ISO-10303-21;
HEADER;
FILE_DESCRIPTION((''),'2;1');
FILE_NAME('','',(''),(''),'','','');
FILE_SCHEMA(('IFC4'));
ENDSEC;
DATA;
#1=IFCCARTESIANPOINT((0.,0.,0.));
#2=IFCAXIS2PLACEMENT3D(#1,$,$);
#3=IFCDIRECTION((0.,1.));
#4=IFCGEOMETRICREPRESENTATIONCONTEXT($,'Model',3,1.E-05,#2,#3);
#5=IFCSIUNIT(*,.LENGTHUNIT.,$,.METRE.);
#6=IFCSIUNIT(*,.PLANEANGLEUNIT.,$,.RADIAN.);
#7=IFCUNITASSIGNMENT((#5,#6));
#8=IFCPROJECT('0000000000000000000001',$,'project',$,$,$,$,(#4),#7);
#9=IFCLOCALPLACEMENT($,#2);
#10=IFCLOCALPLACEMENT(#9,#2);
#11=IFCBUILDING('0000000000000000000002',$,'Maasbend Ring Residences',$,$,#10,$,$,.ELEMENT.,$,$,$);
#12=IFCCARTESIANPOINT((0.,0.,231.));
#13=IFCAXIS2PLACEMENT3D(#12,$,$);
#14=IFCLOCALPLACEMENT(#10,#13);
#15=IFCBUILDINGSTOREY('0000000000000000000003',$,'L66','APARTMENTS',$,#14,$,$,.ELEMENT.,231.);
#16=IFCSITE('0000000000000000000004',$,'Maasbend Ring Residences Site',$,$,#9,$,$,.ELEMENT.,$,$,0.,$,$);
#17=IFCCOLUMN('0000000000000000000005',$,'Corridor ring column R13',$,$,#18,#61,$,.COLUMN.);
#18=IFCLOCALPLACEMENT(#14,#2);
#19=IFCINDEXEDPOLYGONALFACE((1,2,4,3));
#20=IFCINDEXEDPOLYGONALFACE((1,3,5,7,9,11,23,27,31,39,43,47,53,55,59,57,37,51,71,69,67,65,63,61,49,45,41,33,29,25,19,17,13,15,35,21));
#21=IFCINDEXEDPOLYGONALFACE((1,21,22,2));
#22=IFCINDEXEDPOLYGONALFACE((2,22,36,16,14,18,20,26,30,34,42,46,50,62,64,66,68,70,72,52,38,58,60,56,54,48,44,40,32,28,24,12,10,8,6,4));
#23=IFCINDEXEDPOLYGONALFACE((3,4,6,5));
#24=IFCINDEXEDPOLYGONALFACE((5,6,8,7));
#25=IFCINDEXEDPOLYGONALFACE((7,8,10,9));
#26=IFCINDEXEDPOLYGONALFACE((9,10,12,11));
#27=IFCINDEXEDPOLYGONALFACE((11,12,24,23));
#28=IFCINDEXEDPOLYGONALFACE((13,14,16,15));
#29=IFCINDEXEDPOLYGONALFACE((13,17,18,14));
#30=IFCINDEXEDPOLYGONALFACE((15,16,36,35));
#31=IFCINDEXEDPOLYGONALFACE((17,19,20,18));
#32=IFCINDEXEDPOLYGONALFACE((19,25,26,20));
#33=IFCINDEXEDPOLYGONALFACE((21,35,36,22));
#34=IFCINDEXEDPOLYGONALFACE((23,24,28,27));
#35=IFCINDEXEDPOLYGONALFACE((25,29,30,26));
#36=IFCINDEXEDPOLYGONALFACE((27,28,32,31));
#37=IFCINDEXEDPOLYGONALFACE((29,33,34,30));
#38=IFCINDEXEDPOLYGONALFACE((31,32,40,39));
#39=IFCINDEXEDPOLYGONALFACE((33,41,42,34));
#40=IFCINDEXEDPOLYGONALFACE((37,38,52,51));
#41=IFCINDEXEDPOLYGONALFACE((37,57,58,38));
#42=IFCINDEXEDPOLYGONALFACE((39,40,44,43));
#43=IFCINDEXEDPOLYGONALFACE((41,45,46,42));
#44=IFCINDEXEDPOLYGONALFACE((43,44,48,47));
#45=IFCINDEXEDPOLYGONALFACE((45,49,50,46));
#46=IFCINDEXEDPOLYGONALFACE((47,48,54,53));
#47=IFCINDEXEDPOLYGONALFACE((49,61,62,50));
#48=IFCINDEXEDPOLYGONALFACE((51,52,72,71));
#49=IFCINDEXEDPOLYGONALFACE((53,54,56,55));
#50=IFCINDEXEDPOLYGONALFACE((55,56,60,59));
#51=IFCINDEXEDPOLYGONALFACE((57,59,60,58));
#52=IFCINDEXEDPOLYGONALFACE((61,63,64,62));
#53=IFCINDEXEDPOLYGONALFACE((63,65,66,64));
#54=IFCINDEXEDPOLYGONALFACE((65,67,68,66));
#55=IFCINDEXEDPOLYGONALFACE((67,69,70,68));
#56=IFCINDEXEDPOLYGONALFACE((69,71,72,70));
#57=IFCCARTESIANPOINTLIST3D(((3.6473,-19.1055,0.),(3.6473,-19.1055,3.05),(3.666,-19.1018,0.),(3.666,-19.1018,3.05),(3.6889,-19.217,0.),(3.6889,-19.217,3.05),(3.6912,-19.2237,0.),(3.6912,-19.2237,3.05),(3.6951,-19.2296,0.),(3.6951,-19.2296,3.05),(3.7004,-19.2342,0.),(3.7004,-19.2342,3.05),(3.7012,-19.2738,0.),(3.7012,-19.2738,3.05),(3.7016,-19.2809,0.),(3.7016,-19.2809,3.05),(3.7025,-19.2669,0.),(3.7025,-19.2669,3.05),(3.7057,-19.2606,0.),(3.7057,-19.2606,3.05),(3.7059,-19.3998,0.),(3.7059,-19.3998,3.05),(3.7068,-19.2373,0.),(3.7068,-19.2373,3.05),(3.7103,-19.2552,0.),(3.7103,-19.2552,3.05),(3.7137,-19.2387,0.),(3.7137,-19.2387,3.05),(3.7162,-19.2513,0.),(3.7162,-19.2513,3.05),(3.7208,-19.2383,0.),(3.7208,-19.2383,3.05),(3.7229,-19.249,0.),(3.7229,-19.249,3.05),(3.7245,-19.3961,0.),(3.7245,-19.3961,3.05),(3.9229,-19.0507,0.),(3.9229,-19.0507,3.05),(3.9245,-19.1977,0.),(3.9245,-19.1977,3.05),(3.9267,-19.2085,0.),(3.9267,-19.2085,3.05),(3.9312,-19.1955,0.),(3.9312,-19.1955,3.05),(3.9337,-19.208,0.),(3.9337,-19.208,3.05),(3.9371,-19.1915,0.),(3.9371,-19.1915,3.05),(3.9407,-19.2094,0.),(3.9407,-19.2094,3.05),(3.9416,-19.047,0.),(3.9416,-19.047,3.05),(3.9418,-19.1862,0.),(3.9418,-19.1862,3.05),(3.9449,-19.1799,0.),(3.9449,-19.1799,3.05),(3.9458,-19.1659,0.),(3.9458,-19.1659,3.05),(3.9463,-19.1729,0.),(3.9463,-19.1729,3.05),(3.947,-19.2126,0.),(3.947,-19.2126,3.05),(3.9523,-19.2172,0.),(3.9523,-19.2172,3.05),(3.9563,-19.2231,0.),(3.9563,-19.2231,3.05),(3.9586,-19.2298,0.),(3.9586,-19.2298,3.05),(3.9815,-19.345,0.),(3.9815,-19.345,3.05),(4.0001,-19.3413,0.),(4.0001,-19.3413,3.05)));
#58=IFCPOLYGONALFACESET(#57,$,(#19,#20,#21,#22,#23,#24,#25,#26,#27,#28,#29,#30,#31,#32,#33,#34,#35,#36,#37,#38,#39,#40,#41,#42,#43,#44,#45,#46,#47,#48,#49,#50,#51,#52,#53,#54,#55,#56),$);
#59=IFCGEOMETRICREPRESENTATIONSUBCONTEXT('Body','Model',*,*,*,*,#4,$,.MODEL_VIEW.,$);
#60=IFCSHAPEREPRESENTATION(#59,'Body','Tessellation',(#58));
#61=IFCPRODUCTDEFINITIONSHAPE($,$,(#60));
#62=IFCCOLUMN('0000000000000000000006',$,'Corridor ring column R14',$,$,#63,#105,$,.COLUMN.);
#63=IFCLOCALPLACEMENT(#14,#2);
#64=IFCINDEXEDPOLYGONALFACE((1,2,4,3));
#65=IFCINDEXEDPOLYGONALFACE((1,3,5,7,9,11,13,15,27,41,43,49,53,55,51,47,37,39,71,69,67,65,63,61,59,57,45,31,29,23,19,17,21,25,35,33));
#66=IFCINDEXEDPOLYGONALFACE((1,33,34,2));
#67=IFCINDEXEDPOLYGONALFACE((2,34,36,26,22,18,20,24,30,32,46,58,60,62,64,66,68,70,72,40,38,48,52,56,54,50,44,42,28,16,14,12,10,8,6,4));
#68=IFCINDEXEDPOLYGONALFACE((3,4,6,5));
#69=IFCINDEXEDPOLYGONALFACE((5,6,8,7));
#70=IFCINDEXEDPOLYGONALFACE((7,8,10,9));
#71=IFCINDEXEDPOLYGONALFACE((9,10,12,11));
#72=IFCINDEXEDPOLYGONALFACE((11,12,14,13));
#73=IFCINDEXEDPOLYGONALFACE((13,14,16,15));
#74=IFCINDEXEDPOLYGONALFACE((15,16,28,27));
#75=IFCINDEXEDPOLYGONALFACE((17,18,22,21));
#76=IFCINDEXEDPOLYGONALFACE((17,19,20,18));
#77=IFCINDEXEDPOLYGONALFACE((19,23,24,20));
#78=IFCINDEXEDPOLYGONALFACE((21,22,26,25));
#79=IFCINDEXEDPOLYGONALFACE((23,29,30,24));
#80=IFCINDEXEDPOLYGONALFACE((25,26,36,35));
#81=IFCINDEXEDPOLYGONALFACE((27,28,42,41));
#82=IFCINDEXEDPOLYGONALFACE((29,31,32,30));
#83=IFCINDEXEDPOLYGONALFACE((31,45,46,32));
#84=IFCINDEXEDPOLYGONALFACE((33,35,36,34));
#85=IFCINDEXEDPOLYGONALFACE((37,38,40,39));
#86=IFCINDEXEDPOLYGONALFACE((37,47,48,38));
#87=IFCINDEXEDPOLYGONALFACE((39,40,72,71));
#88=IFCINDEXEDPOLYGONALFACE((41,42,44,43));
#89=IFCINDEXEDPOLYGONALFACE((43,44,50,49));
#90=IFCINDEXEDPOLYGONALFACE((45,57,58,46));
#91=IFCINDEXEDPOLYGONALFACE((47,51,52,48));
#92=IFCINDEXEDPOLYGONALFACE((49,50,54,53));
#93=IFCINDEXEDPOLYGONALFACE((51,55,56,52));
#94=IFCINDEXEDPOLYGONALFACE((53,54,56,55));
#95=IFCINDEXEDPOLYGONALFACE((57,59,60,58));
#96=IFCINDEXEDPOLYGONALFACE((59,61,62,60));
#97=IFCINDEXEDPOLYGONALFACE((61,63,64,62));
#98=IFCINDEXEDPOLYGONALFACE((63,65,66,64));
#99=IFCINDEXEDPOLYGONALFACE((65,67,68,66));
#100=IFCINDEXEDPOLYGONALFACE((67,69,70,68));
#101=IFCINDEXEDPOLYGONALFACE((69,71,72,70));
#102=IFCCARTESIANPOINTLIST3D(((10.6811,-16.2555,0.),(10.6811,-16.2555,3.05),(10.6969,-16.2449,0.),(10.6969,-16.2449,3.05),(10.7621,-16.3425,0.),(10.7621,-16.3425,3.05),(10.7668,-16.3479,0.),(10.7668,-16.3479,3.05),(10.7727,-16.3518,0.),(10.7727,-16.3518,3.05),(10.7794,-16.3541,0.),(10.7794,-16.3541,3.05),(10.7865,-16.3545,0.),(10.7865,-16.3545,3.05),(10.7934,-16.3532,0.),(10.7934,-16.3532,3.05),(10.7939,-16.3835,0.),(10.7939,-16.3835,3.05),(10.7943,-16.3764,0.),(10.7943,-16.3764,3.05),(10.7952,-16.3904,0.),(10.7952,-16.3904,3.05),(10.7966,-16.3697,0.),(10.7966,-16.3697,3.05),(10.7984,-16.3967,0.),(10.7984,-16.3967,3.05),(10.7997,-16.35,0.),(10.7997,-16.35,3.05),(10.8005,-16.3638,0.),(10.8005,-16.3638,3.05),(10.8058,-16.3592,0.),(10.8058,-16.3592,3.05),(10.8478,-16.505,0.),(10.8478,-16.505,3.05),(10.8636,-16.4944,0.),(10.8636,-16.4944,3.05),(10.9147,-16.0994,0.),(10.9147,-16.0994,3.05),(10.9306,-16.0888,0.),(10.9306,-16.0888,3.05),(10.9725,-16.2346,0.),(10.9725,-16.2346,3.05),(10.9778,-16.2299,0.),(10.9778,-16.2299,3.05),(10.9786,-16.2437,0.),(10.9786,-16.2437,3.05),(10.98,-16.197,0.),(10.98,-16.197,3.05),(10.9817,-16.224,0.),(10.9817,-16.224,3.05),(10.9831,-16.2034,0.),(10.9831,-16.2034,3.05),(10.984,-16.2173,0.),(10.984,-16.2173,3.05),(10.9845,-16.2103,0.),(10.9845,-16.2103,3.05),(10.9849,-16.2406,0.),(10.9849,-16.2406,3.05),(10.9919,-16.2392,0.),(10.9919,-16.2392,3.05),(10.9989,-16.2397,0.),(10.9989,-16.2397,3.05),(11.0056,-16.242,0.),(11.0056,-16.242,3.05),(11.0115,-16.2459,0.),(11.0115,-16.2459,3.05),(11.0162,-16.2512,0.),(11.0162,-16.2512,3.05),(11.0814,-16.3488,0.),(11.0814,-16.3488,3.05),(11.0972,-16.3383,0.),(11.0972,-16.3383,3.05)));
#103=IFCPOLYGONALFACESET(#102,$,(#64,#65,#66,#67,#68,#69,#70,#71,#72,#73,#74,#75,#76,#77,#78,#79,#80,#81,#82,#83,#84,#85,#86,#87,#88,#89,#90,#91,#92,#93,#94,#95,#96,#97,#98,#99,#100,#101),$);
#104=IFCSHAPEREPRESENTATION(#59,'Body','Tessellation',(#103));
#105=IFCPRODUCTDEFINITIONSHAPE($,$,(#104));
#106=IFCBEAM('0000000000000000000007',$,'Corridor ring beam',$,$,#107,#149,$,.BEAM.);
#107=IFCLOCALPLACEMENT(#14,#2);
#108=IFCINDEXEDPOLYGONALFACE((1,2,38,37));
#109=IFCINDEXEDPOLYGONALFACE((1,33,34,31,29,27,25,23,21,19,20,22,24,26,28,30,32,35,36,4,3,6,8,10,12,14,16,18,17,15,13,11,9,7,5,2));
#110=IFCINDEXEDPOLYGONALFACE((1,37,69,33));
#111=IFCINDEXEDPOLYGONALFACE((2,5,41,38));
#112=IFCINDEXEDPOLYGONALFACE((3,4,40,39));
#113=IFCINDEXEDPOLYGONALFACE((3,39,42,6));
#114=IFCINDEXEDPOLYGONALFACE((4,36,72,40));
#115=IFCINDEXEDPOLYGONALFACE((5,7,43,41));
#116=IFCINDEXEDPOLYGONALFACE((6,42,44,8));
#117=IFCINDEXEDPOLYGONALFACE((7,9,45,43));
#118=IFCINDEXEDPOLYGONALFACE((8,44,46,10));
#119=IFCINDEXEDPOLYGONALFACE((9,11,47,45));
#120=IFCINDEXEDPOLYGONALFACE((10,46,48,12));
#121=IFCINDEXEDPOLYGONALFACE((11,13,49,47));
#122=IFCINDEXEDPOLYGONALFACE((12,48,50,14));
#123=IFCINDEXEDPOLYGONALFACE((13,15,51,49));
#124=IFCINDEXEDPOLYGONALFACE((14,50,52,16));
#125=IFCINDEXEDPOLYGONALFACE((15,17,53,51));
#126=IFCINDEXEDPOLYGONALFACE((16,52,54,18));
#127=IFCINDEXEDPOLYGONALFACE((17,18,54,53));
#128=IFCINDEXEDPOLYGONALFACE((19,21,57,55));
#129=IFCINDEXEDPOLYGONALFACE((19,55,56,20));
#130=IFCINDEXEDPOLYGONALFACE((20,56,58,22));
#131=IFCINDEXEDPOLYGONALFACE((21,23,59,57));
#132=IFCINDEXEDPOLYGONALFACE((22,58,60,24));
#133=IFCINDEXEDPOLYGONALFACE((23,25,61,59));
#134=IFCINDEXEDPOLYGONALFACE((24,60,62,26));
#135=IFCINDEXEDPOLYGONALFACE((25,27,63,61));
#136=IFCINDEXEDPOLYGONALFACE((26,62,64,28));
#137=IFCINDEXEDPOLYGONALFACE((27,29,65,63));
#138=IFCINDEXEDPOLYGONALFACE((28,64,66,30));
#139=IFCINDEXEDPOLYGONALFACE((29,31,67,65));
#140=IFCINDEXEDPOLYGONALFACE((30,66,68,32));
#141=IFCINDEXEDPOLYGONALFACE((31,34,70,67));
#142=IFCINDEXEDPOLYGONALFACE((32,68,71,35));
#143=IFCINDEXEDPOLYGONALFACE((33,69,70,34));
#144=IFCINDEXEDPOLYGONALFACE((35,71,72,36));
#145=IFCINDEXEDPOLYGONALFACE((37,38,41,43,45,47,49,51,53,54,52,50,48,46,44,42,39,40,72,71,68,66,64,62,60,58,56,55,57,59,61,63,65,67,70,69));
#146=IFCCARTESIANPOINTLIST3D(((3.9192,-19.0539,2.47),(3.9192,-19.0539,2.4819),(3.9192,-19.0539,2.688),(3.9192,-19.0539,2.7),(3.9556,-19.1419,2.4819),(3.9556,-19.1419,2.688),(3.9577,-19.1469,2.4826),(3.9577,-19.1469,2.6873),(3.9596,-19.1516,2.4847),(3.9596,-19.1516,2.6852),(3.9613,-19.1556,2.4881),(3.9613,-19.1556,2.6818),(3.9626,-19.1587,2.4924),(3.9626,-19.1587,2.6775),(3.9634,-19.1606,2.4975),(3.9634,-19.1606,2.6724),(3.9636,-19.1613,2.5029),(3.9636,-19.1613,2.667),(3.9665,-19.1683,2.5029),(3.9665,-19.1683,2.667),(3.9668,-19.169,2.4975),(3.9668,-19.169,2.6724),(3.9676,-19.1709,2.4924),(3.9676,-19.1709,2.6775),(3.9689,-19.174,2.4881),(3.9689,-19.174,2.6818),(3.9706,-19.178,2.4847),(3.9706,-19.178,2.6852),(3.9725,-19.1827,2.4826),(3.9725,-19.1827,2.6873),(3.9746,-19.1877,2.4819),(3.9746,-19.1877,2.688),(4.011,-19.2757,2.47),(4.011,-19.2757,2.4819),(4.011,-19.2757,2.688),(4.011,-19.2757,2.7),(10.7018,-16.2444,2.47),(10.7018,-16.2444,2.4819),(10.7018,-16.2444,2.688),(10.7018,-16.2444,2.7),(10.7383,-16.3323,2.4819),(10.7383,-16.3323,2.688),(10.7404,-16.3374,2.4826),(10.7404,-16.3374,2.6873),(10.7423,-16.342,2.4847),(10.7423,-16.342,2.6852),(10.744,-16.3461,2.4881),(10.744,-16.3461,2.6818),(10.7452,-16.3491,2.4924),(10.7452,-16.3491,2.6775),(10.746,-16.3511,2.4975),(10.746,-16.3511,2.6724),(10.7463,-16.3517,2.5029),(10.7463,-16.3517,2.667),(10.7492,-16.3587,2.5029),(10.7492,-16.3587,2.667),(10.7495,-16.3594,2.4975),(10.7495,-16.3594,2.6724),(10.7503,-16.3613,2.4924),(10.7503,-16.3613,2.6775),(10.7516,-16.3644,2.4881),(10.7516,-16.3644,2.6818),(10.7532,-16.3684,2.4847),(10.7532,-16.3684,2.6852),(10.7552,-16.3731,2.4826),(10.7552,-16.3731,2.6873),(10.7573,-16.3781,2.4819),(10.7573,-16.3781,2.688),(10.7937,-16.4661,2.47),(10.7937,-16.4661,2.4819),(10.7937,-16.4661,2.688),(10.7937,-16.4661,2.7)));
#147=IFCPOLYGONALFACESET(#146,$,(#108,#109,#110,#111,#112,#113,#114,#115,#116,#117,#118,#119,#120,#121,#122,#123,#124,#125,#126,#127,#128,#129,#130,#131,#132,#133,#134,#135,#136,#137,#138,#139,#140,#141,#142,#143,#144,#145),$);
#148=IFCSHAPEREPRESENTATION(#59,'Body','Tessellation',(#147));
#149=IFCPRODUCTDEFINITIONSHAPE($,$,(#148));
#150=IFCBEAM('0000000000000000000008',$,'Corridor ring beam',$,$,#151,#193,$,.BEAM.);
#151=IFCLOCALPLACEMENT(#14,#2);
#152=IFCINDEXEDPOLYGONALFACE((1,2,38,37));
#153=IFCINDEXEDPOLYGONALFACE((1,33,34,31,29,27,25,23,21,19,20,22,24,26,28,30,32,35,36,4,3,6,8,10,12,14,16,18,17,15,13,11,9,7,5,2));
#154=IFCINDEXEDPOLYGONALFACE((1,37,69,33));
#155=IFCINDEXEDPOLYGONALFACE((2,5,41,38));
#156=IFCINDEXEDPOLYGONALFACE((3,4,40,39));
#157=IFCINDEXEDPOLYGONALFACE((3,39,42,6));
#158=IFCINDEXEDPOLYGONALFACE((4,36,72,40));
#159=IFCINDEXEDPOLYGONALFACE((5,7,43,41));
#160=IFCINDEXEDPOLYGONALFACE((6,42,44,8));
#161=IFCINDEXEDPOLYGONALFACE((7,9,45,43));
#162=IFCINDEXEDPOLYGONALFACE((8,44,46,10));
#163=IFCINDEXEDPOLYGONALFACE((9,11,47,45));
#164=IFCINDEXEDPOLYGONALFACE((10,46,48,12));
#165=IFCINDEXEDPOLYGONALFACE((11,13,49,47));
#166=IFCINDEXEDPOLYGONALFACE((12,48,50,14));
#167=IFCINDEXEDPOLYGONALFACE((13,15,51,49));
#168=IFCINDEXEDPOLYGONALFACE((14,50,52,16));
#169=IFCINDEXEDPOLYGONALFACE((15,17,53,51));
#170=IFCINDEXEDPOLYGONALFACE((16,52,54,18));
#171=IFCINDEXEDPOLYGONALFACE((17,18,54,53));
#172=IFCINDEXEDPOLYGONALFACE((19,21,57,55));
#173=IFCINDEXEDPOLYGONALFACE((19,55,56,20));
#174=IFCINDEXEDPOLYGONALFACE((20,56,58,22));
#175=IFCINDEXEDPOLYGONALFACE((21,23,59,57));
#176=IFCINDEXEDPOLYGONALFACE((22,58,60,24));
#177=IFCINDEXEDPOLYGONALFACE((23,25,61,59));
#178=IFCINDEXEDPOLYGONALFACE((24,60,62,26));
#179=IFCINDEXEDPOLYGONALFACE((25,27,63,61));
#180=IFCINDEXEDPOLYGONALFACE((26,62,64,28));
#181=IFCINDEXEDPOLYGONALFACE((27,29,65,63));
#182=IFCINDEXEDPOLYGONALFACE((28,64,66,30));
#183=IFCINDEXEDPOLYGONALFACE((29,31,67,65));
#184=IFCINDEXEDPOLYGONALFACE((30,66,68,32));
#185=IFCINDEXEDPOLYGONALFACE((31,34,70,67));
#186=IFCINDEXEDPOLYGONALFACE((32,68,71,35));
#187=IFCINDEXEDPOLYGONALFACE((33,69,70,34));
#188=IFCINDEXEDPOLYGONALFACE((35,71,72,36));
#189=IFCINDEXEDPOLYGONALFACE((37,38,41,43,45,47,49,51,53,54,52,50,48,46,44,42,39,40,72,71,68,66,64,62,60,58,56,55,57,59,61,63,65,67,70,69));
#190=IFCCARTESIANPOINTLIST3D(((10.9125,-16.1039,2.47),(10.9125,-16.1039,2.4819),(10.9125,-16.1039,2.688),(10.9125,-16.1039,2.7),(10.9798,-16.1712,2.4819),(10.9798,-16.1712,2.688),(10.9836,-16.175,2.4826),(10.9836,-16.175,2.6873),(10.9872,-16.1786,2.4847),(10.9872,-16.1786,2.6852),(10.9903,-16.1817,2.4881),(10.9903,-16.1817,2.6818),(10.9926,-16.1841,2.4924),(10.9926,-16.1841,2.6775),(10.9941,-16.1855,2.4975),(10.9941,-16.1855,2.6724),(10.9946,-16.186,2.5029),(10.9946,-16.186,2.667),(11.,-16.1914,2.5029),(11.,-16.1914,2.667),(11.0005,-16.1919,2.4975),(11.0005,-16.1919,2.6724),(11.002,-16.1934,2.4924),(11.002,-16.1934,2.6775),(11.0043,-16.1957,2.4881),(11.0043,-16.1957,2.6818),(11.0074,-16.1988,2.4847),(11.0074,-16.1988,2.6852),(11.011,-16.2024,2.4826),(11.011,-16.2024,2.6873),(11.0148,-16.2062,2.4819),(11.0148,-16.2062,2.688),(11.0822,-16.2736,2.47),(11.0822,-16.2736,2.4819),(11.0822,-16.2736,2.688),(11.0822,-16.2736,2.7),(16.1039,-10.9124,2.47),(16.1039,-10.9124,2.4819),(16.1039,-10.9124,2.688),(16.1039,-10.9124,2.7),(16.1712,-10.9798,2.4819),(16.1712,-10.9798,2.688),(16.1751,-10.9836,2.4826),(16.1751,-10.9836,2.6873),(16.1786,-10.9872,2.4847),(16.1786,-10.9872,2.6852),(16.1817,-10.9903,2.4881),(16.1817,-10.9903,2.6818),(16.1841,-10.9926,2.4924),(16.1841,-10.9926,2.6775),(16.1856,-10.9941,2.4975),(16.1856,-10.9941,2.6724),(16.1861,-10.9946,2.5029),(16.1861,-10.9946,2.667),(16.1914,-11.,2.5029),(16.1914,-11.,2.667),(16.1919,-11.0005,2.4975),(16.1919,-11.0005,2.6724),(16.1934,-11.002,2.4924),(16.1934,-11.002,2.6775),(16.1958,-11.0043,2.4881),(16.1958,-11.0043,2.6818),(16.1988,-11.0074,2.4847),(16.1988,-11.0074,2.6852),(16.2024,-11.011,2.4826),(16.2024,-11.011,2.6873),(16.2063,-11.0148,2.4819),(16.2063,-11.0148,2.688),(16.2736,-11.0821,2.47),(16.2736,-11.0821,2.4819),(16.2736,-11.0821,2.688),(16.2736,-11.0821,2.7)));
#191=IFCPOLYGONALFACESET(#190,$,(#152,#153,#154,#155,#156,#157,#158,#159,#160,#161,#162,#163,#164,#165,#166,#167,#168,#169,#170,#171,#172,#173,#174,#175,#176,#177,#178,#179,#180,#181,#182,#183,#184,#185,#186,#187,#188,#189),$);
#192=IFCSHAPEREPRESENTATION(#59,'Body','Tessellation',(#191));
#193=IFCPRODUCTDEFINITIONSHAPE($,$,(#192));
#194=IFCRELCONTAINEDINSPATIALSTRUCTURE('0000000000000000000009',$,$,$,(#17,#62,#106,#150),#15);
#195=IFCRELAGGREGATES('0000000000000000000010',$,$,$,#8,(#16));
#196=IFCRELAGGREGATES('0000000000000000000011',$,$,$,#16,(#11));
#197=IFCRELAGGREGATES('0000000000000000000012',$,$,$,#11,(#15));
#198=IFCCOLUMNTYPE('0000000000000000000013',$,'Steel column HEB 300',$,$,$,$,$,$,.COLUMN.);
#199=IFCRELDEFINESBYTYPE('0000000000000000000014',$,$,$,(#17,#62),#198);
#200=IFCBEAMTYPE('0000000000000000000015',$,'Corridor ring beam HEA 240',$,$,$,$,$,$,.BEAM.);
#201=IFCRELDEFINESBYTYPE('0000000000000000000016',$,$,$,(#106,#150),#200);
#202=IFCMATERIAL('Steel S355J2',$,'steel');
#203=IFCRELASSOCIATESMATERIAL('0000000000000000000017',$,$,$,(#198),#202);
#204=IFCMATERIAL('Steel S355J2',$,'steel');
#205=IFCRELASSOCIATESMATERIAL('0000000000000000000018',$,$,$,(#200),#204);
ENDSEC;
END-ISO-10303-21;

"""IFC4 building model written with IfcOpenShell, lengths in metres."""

from ifc_helpers import new_model, si_unit, direction, frame, origin, origin_2d, place, context, subcontext, project, spatial, i_section, extrude, material, material_profile, profile_set, type_object, element, save


model = new_model("IFC4")

# Units and contexts
model_context = context("Model", 3, precision=1e-05, world=origin(), true_north=direction((0.0, 1.0)))
body_context = subcontext(model_context, "Body", "Model", "MODEL_VIEW")
ifc_project = project(units=[si_unit("LENGTHUNIT", "METRE"), si_unit("PLANEANGLEUNIT", "RADIAN")], contexts=[model_context])

# Site, building, storey
site_placement = place(None, origin())
site = spatial("IfcSite", under=ifc_project, at=site_placement, Name="Maasbend Ring Residences Site", CompositionType="ELEMENT", RefElevation=0.0)
building_placement = place(site_placement, origin())
building = spatial("IfcBuilding", under=site, at=building_placement, Name="Maasbend Ring Residences", CompositionType="ELEMENT")
storey_placement = place(building_placement, frame((0.0, 0.0, 231.0)))
storey = spatial("IfcBuildingStorey", under=building, at=storey_placement, Name="L66", Description="APARTMENTS", CompositionType="ELEMENT", Elevation=231.0)

# Columns
ifc_material_1 = material(Name="Steel S355J2", Category="steel")
ifc_material_profile_1 = material_profile(ifc_material_1, i_section(OverallWidth=0.3, OverallDepth=0.3, WebThickness=0.011, FlangeThickness=0.019, FilletRadius=0.0271, at=origin_2d()), Name="HEB 300")
ifc_profile_set_1 = profile_set([ifc_material_profile_1], Name="Steel S355J2")
column_type = type_object("IfcColumnType", Name="Steel column HEB 300", PredefinedType="COLUMN", material=ifc_profile_set_1)
for number, where, z_axis, x_axis, name in (
    (1, (3.8237, -19.2234, 0.0), (0.0, 0.0, 1.0), (0.19509, -0.980785, 0.0), "Corridor ring column R13"),
    (2, (10.8892, -16.2969, 0.0), (0.0, 0.0, 1.0), (0.55557, -0.83147, 0.0), "Corridor ring column R14"),
):
    element("IfcColumn", number, at=place(storey_placement, frame(where, z_axis=z_axis, x_axis=x_axis)), inside=storey, type_object=column_type, Name=name, PredefinedType="COLUMN", context=body_context, shape_type="SweptSolid", body=[
        extrude(i_section(OverallWidth=0.3, OverallDepth=0.3, WebThickness=0.011, FlangeThickness=0.019, FilletRadius=0.0271, at=origin_2d()), origin(), (0.0, 0.0, 1.0), 3.05),
    ])

# Beams
ifc_material_2 = material(Name="Steel S355J2", Category="steel")
ifc_material_profile_2 = material_profile(ifc_material_2, i_section(OverallWidth=0.24, OverallDepth=0.23, WebThickness=0.0076, FlangeThickness=0.012, FilletRadius=0.021, at=origin_2d()), Name="HEA 240")
ifc_profile_set_2 = profile_set([ifc_material_profile_2], Name="Steel S355J2")
beam_type = type_object("IfcBeamType", Name="Corridor ring beam HEA 240", PredefinedType="BEAM", material=ifc_profile_set_2)
beam_1_placement = place(storey_placement, frame((3.9651, -19.1648, 2.585), z_axis=(0.923876, 0.382692, 0.0), x_axis=(-0.382692, 0.923876, 0.0)))
element("IfcBeam", 3, at=beam_1_placement, inside=storey, type_object=beam_type, Name="Corridor ring beam", PredefinedType="BEAM", context=body_context, shape_type="SweptSolid", body=[
    extrude(i_section(OverallWidth=0.24, OverallDepth=0.23, WebThickness=0.0076, FlangeThickness=0.012, FilletRadius=0.021, at=origin_2d()), origin(), (0.0, 0.0, 1.0), 7.3416),
])
beam_2_placement = place(storey_placement, frame((10.9973, -16.1887, 2.585), z_axis=(0.707107, 0.707107, 0.0), x_axis=(-0.707107, 0.707107, 0.0)))
element("IfcBeam", 4, at=beam_2_placement, inside=storey, type_object=beam_type, Name="Corridor ring beam", PredefinedType="BEAM", context=body_context, shape_type="SweptSolid", body=[
    extrude(i_section(OverallWidth=0.24, OverallDepth=0.23, WebThickness=0.0076, FlangeThickness=0.012, FilletRadius=0.021, at=origin_2d()), origin(), (0.0, 0.0, 1.0), 7.3418),
])

save(model, "model.ifc")
